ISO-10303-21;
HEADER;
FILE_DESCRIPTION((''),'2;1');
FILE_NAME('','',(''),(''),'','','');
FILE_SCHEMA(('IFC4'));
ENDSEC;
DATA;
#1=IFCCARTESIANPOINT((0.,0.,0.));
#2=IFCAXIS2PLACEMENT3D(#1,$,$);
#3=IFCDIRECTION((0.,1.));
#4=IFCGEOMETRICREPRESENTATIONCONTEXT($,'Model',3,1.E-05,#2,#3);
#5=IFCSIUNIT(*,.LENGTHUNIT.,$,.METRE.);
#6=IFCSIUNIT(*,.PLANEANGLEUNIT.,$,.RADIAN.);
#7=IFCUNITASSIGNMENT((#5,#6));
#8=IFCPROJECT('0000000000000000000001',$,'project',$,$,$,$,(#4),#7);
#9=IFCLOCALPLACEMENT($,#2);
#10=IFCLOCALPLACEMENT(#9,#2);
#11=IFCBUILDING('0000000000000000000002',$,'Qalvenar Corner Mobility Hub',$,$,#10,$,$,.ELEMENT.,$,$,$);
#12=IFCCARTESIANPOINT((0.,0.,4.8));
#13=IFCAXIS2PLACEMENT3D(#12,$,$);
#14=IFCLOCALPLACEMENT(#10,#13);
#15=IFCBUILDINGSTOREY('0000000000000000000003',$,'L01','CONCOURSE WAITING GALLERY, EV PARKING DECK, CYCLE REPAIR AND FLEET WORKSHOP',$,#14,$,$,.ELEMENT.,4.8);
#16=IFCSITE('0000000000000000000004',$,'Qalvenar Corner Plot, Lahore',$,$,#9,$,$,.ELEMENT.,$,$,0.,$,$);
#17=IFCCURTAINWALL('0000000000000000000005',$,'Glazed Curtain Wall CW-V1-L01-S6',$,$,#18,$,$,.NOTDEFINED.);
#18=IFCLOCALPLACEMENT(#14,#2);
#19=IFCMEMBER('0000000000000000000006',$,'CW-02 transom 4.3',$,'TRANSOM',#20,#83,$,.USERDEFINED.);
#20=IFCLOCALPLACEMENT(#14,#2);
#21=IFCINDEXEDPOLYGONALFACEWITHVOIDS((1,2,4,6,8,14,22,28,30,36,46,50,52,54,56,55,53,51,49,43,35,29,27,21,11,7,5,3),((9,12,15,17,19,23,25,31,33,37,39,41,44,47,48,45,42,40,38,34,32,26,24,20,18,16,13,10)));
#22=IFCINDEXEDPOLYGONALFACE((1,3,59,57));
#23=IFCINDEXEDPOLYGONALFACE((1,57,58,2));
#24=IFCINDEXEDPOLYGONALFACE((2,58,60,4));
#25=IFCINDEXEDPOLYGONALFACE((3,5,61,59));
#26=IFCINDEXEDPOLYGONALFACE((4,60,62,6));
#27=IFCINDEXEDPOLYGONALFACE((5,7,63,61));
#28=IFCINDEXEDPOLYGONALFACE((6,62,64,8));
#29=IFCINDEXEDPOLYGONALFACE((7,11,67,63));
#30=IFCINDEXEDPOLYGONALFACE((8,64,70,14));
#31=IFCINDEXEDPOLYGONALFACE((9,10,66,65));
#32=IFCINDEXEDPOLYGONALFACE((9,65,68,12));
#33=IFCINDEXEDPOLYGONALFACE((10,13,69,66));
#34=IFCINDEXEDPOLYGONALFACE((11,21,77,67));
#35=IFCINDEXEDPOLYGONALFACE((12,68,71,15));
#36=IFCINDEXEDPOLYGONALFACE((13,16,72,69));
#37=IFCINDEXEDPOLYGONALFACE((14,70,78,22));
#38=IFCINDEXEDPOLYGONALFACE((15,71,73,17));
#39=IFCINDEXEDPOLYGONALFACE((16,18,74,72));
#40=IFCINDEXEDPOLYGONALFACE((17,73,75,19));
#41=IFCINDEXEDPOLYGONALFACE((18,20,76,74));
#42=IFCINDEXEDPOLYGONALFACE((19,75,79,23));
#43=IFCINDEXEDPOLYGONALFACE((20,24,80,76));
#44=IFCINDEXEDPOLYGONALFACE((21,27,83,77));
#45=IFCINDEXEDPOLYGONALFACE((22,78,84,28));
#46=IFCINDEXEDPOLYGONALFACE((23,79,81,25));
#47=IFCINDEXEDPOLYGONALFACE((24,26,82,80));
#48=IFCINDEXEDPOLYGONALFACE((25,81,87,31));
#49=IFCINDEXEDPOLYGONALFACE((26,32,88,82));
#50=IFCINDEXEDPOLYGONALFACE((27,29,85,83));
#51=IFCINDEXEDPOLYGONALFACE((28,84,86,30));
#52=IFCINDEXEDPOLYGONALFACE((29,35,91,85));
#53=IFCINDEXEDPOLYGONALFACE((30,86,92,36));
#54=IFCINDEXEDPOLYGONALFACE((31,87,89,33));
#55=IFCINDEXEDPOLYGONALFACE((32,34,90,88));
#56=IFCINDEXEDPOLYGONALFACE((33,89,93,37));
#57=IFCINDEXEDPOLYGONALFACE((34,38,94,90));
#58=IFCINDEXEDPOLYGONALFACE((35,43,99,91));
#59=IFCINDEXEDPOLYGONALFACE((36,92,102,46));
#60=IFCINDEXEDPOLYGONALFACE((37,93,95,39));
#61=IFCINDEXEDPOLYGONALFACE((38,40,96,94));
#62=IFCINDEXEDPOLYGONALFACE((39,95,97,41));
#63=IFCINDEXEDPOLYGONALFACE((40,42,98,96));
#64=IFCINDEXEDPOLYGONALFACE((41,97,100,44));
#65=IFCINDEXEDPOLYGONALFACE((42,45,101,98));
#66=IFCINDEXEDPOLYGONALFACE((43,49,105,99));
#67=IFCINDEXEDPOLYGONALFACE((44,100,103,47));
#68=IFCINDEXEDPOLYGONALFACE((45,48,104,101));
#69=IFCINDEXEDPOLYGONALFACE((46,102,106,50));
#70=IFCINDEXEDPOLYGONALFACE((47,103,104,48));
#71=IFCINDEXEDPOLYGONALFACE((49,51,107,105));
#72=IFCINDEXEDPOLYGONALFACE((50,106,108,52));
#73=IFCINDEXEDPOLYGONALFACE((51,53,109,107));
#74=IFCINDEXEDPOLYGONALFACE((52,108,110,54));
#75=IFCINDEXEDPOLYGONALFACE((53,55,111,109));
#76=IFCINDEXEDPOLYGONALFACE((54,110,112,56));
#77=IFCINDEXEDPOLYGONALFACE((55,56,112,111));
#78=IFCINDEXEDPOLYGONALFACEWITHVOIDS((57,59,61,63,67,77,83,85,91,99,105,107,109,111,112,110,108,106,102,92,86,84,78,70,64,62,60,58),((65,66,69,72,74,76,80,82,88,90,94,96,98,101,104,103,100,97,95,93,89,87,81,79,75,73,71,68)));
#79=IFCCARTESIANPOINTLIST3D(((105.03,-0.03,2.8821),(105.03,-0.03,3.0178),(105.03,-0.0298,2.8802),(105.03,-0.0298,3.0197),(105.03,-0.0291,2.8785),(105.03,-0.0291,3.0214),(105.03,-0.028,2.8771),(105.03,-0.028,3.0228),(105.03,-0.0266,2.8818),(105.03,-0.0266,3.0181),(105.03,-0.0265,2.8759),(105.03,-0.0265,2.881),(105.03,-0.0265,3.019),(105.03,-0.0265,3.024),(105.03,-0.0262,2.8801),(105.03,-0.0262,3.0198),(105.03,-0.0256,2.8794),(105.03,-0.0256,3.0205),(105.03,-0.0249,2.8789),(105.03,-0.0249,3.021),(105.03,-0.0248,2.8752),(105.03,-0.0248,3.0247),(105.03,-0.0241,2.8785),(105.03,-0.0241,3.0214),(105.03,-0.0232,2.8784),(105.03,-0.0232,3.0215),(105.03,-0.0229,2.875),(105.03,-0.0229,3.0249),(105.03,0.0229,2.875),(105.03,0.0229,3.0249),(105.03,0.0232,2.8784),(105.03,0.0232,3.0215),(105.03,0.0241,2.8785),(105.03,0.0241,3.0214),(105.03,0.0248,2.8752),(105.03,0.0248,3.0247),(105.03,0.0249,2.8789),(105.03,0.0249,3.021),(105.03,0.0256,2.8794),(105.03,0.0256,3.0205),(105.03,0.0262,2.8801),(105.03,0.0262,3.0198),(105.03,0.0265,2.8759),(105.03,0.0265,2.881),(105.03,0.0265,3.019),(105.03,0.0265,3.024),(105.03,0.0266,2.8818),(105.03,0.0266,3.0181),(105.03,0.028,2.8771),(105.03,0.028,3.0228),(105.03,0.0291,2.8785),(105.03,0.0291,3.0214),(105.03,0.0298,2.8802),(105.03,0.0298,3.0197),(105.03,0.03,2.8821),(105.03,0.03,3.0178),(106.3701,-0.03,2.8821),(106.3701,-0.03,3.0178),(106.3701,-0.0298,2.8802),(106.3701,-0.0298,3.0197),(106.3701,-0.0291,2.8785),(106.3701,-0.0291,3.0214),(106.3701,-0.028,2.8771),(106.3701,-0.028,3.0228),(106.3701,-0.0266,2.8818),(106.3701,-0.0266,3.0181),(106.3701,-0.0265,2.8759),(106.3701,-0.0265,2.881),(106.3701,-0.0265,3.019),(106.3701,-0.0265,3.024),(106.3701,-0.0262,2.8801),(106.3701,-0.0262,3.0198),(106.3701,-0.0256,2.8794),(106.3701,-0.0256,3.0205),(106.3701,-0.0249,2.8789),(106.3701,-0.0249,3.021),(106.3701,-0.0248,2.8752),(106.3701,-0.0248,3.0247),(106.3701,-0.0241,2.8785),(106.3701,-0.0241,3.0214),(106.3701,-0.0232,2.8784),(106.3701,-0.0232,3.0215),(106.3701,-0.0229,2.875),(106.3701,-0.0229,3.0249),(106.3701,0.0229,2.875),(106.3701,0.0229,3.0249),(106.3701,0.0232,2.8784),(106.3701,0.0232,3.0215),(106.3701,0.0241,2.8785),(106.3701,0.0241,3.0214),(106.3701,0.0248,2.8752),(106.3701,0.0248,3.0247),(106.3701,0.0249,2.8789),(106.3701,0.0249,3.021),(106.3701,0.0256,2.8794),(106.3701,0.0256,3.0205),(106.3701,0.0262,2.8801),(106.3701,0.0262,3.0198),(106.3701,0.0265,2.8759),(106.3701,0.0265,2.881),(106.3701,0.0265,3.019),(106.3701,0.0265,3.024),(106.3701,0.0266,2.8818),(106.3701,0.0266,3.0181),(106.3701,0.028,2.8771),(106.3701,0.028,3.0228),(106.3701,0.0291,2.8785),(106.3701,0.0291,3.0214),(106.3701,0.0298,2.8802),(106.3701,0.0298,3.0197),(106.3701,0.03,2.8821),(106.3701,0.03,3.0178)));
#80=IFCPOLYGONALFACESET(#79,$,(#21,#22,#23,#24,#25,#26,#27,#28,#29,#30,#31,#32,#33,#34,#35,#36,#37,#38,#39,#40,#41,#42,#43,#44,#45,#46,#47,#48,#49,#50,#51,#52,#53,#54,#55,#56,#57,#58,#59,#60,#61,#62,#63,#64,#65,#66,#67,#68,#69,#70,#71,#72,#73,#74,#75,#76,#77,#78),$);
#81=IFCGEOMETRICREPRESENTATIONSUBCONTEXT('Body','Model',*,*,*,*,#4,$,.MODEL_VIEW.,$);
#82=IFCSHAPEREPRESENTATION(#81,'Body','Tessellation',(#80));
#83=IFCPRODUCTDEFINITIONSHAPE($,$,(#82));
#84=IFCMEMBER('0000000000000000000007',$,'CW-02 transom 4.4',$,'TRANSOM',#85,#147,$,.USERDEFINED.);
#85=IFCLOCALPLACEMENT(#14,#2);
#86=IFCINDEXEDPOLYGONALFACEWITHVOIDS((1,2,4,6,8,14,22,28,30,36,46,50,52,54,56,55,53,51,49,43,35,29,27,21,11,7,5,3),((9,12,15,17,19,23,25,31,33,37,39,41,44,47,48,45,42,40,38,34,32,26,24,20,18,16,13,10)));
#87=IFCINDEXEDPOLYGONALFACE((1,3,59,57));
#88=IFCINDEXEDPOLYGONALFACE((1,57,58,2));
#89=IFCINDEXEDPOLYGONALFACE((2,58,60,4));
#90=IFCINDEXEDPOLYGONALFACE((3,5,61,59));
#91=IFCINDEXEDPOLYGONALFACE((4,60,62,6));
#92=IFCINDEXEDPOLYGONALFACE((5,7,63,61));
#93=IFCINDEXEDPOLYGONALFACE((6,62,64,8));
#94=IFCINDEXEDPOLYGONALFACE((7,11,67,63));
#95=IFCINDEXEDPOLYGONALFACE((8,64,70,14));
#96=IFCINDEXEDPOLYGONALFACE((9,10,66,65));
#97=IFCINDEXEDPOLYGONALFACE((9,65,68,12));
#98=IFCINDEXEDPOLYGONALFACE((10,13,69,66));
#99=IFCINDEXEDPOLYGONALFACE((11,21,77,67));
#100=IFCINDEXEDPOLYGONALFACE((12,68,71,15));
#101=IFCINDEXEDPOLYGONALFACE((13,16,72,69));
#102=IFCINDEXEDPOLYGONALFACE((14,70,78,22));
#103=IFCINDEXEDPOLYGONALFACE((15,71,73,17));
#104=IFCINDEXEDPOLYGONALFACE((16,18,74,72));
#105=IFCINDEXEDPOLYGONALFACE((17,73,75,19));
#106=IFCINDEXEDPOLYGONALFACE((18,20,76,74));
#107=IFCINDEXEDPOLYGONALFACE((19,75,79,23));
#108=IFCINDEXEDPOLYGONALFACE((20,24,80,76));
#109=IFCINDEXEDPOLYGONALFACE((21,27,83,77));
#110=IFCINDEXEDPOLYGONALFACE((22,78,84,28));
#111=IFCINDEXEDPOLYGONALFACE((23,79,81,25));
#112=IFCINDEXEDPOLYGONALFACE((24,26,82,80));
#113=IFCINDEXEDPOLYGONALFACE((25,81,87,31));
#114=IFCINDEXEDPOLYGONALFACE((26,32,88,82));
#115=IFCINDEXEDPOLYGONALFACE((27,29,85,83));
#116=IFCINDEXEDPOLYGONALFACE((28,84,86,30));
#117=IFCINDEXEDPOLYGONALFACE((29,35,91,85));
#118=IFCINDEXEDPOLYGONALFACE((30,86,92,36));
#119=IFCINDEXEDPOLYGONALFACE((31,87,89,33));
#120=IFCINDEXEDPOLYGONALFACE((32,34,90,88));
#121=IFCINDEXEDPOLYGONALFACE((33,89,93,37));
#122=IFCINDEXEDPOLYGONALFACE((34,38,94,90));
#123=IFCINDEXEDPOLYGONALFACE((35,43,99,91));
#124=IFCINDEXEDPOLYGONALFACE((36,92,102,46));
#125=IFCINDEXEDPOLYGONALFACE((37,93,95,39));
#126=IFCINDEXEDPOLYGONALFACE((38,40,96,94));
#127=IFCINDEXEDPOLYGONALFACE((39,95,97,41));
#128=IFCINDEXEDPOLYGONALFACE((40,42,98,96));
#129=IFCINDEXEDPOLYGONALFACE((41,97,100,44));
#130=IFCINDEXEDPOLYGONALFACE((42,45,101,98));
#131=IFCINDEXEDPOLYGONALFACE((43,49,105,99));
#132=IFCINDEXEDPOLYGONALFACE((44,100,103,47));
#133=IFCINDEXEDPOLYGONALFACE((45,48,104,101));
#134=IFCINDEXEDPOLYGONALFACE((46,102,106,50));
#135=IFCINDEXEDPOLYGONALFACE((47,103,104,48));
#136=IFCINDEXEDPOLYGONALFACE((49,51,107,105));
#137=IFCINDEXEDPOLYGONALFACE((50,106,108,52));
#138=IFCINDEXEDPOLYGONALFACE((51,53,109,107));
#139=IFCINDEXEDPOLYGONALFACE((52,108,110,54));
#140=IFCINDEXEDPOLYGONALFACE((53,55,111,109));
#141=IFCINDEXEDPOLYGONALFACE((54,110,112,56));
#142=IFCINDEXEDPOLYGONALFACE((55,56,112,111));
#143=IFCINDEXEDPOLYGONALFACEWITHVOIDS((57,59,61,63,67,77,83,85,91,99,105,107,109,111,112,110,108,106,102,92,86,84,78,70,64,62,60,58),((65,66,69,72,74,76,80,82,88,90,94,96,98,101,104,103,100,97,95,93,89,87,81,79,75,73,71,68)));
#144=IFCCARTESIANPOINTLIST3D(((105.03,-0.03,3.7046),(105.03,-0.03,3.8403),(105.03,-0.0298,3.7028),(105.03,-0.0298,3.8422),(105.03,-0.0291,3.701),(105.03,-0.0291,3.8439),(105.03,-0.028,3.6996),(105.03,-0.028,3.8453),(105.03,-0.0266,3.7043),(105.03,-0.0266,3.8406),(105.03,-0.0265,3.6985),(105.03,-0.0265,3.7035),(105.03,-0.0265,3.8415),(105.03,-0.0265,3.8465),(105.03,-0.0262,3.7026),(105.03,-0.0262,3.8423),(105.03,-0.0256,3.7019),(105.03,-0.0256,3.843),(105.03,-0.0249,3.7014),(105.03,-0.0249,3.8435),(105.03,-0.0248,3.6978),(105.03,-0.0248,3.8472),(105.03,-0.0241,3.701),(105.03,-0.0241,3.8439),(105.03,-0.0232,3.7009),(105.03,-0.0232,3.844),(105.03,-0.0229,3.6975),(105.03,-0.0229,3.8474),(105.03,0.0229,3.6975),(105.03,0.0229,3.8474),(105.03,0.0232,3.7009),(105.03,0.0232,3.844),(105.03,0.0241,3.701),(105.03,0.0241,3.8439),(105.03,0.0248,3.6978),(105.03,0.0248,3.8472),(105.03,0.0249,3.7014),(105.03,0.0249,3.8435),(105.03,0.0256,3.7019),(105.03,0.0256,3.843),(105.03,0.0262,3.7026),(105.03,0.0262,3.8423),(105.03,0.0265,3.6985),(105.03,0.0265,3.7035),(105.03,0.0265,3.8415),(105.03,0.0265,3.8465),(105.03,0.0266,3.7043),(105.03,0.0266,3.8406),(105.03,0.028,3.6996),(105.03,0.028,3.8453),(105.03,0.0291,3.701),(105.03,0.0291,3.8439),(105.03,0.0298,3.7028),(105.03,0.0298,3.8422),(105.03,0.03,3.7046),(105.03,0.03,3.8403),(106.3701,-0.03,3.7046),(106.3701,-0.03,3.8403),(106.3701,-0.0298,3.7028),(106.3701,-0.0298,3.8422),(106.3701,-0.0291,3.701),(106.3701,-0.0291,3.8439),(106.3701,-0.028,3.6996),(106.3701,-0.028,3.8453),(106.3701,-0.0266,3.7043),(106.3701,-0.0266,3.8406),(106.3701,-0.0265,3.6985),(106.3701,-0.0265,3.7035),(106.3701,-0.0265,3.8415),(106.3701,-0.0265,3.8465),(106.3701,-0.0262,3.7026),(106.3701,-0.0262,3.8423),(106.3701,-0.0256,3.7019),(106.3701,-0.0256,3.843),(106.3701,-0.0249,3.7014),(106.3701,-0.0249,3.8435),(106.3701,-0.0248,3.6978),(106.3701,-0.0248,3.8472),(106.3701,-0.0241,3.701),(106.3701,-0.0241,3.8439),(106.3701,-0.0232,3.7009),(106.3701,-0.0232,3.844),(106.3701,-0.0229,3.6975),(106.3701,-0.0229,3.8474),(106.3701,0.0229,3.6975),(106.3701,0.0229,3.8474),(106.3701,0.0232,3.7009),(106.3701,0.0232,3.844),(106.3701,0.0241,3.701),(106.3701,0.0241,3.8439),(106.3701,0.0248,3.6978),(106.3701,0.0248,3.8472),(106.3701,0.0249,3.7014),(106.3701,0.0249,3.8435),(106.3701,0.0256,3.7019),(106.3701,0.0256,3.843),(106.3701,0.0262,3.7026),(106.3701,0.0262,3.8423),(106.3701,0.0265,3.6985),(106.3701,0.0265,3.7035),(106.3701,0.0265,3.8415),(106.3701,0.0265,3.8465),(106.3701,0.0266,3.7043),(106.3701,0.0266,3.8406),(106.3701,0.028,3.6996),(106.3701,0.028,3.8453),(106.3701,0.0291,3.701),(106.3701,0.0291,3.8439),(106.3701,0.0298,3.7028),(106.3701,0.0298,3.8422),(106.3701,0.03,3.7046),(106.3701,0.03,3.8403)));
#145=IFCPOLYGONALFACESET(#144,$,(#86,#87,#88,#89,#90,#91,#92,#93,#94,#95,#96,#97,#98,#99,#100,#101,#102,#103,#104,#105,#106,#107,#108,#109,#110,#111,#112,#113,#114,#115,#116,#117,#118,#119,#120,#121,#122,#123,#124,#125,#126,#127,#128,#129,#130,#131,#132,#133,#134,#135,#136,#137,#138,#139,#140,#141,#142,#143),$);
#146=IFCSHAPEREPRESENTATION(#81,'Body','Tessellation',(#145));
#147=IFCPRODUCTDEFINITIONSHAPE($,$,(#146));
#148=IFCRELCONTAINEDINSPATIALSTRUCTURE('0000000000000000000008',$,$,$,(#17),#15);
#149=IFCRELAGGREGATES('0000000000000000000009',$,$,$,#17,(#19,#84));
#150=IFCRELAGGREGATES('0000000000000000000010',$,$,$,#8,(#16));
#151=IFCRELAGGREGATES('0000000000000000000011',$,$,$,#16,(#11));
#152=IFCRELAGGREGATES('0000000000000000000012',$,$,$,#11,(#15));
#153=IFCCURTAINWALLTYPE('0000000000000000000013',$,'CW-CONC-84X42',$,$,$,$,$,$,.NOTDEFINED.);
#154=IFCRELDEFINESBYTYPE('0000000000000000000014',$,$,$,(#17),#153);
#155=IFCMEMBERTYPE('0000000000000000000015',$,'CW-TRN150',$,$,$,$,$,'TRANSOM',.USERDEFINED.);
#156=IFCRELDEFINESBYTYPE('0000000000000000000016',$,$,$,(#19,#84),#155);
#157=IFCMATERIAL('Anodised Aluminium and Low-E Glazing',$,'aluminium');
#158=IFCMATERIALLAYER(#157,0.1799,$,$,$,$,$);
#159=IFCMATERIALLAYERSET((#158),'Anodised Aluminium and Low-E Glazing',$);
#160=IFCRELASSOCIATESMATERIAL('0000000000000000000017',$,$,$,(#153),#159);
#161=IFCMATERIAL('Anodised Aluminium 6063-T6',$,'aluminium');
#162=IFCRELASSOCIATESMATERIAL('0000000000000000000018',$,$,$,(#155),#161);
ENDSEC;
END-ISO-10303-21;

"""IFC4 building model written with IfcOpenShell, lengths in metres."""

from ifc_helpers import new_model, si_unit, direction, frame, origin, origin_2d, place, context, subcontext, project, spatial, hollow_rectangle, extrude, material, layer, layer_set, material_profile, profile_set, type_object, element, aggregate, save


model = new_model("IFC4")

# Units and contexts
model_context = context("Model", 3, precision=1e-05, world=origin(), true_north=direction((0.0, 1.0)))
body_context = subcontext(model_context, "Body", "Model", "MODEL_VIEW")
ifc_project = project(units=[si_unit("LENGTHUNIT", "METRE"), si_unit("PLANEANGLEUNIT", "RADIAN")], contexts=[model_context])

# Site, building, storey
site_placement = place(None, origin())
site = spatial("IfcSite", under=ifc_project, at=site_placement, Name="Qalvenar Corner Plot, Lahore", CompositionType="ELEMENT", RefElevation=0.0)
building_placement = place(site_placement, origin())
building = spatial("IfcBuilding", under=site, at=building_placement, Name="Qalvenar Corner Mobility Hub", CompositionType="ELEMENT")
storey_placement = place(building_placement, frame((0.0, 0.0, 4.8)))
storey = spatial("IfcBuildingStorey", under=building, at=storey_placement, Name="L01", Description="CONCOURSE WAITING GALLERY, EV PARKING DECK, CYCLE REPAIR AND FLEET WORKSHOP", CompositionType="ELEMENT", Elevation=4.8)

# Curtain wall, members
ifc_material_1 = material(Name="Anodised Aluminium and Low-E Glazing", Category="aluminium")
ifc_layer_1 = layer(ifc_material_1, 0.1799)
ifc_layer_set_1 = layer_set([ifc_layer_1], Name="Anodised Aluminium and Low-E Glazing")
curtain_wall_type = type_object("IfcCurtainWallType", Name="CW-CONC-84X42", PredefinedType="NOTDEFINED", material=ifc_layer_set_1)
curtain_wall_placement = place(storey_placement, origin())
curtain_wall = element("IfcCurtainWall", 1, at=curtain_wall_placement, inside=storey, type_object=curtain_wall_type, Name="Glazed Curtain Wall CW-V1-L01-S6", PredefinedType="NOTDEFINED")
ifc_material_2 = material(Name="Anodised Aluminium 6063-T6", Category="aluminium")
ifc_material_profile_1 = material_profile(ifc_material_2, hollow_rectangle(XDim=0.0601, YDim=0.1499, WallThickness=0.0034, InnerFilletRadius=0.0034, OuterFilletRadius=0.0071, at=origin_2d()), Name="RHS150x60x3.5")
ifc_profile_set_1 = profile_set([ifc_material_profile_1], Name="Anodised Aluminium 6063-T6")
member_type_1 = type_object("IfcMemberType", Name="CW-TRN150", ElementType="TRANSOM", PredefinedType="USERDEFINED", material=ifc_profile_set_1)
member_1_placement = place(storey_placement, frame((105.03, 0.0, 2.95), z_axis=(1.0, 0.0, 0.0), x_axis=(0.0, 1.0, 0.0)))
member_1 = element("IfcMember", 2, at=member_1_placement, type_object=member_type_1, Name="CW-02 transom 4.3", ObjectType="TRANSOM", PredefinedType="USERDEFINED", context=body_context, shape_type="SweptSolid", body=[
    extrude(hollow_rectangle(XDim=0.0601, YDim=0.1499, WallThickness=0.0034, InnerFilletRadius=0.0034, OuterFilletRadius=0.0071, at=origin_2d()), origin(), (0.0, 0.0, 1.0), 1.3401),
])
member_2_placement = place(storey_placement, frame((105.03, 0.0, 3.7725), z_axis=(1.0, 0.0, 0.0), x_axis=(0.0, 1.0, 0.0)))
member_2 = element("IfcMember", 3, at=member_2_placement, type_object=member_type_1, Name="CW-02 transom 4.4", ObjectType="TRANSOM", PredefinedType="USERDEFINED", context=body_context, shape_type="SweptSolid", body=[
    extrude(hollow_rectangle(XDim=0.0601, YDim=0.1499, WallThickness=0.0034, InnerFilletRadius=0.0034, OuterFilletRadius=0.0071, at=origin_2d()), origin(), (0.0, 0.0, 1.0), 1.3401),
])
aggregate(curtain_wall, [member_1, member_2])

save(model, "model.ifc")
